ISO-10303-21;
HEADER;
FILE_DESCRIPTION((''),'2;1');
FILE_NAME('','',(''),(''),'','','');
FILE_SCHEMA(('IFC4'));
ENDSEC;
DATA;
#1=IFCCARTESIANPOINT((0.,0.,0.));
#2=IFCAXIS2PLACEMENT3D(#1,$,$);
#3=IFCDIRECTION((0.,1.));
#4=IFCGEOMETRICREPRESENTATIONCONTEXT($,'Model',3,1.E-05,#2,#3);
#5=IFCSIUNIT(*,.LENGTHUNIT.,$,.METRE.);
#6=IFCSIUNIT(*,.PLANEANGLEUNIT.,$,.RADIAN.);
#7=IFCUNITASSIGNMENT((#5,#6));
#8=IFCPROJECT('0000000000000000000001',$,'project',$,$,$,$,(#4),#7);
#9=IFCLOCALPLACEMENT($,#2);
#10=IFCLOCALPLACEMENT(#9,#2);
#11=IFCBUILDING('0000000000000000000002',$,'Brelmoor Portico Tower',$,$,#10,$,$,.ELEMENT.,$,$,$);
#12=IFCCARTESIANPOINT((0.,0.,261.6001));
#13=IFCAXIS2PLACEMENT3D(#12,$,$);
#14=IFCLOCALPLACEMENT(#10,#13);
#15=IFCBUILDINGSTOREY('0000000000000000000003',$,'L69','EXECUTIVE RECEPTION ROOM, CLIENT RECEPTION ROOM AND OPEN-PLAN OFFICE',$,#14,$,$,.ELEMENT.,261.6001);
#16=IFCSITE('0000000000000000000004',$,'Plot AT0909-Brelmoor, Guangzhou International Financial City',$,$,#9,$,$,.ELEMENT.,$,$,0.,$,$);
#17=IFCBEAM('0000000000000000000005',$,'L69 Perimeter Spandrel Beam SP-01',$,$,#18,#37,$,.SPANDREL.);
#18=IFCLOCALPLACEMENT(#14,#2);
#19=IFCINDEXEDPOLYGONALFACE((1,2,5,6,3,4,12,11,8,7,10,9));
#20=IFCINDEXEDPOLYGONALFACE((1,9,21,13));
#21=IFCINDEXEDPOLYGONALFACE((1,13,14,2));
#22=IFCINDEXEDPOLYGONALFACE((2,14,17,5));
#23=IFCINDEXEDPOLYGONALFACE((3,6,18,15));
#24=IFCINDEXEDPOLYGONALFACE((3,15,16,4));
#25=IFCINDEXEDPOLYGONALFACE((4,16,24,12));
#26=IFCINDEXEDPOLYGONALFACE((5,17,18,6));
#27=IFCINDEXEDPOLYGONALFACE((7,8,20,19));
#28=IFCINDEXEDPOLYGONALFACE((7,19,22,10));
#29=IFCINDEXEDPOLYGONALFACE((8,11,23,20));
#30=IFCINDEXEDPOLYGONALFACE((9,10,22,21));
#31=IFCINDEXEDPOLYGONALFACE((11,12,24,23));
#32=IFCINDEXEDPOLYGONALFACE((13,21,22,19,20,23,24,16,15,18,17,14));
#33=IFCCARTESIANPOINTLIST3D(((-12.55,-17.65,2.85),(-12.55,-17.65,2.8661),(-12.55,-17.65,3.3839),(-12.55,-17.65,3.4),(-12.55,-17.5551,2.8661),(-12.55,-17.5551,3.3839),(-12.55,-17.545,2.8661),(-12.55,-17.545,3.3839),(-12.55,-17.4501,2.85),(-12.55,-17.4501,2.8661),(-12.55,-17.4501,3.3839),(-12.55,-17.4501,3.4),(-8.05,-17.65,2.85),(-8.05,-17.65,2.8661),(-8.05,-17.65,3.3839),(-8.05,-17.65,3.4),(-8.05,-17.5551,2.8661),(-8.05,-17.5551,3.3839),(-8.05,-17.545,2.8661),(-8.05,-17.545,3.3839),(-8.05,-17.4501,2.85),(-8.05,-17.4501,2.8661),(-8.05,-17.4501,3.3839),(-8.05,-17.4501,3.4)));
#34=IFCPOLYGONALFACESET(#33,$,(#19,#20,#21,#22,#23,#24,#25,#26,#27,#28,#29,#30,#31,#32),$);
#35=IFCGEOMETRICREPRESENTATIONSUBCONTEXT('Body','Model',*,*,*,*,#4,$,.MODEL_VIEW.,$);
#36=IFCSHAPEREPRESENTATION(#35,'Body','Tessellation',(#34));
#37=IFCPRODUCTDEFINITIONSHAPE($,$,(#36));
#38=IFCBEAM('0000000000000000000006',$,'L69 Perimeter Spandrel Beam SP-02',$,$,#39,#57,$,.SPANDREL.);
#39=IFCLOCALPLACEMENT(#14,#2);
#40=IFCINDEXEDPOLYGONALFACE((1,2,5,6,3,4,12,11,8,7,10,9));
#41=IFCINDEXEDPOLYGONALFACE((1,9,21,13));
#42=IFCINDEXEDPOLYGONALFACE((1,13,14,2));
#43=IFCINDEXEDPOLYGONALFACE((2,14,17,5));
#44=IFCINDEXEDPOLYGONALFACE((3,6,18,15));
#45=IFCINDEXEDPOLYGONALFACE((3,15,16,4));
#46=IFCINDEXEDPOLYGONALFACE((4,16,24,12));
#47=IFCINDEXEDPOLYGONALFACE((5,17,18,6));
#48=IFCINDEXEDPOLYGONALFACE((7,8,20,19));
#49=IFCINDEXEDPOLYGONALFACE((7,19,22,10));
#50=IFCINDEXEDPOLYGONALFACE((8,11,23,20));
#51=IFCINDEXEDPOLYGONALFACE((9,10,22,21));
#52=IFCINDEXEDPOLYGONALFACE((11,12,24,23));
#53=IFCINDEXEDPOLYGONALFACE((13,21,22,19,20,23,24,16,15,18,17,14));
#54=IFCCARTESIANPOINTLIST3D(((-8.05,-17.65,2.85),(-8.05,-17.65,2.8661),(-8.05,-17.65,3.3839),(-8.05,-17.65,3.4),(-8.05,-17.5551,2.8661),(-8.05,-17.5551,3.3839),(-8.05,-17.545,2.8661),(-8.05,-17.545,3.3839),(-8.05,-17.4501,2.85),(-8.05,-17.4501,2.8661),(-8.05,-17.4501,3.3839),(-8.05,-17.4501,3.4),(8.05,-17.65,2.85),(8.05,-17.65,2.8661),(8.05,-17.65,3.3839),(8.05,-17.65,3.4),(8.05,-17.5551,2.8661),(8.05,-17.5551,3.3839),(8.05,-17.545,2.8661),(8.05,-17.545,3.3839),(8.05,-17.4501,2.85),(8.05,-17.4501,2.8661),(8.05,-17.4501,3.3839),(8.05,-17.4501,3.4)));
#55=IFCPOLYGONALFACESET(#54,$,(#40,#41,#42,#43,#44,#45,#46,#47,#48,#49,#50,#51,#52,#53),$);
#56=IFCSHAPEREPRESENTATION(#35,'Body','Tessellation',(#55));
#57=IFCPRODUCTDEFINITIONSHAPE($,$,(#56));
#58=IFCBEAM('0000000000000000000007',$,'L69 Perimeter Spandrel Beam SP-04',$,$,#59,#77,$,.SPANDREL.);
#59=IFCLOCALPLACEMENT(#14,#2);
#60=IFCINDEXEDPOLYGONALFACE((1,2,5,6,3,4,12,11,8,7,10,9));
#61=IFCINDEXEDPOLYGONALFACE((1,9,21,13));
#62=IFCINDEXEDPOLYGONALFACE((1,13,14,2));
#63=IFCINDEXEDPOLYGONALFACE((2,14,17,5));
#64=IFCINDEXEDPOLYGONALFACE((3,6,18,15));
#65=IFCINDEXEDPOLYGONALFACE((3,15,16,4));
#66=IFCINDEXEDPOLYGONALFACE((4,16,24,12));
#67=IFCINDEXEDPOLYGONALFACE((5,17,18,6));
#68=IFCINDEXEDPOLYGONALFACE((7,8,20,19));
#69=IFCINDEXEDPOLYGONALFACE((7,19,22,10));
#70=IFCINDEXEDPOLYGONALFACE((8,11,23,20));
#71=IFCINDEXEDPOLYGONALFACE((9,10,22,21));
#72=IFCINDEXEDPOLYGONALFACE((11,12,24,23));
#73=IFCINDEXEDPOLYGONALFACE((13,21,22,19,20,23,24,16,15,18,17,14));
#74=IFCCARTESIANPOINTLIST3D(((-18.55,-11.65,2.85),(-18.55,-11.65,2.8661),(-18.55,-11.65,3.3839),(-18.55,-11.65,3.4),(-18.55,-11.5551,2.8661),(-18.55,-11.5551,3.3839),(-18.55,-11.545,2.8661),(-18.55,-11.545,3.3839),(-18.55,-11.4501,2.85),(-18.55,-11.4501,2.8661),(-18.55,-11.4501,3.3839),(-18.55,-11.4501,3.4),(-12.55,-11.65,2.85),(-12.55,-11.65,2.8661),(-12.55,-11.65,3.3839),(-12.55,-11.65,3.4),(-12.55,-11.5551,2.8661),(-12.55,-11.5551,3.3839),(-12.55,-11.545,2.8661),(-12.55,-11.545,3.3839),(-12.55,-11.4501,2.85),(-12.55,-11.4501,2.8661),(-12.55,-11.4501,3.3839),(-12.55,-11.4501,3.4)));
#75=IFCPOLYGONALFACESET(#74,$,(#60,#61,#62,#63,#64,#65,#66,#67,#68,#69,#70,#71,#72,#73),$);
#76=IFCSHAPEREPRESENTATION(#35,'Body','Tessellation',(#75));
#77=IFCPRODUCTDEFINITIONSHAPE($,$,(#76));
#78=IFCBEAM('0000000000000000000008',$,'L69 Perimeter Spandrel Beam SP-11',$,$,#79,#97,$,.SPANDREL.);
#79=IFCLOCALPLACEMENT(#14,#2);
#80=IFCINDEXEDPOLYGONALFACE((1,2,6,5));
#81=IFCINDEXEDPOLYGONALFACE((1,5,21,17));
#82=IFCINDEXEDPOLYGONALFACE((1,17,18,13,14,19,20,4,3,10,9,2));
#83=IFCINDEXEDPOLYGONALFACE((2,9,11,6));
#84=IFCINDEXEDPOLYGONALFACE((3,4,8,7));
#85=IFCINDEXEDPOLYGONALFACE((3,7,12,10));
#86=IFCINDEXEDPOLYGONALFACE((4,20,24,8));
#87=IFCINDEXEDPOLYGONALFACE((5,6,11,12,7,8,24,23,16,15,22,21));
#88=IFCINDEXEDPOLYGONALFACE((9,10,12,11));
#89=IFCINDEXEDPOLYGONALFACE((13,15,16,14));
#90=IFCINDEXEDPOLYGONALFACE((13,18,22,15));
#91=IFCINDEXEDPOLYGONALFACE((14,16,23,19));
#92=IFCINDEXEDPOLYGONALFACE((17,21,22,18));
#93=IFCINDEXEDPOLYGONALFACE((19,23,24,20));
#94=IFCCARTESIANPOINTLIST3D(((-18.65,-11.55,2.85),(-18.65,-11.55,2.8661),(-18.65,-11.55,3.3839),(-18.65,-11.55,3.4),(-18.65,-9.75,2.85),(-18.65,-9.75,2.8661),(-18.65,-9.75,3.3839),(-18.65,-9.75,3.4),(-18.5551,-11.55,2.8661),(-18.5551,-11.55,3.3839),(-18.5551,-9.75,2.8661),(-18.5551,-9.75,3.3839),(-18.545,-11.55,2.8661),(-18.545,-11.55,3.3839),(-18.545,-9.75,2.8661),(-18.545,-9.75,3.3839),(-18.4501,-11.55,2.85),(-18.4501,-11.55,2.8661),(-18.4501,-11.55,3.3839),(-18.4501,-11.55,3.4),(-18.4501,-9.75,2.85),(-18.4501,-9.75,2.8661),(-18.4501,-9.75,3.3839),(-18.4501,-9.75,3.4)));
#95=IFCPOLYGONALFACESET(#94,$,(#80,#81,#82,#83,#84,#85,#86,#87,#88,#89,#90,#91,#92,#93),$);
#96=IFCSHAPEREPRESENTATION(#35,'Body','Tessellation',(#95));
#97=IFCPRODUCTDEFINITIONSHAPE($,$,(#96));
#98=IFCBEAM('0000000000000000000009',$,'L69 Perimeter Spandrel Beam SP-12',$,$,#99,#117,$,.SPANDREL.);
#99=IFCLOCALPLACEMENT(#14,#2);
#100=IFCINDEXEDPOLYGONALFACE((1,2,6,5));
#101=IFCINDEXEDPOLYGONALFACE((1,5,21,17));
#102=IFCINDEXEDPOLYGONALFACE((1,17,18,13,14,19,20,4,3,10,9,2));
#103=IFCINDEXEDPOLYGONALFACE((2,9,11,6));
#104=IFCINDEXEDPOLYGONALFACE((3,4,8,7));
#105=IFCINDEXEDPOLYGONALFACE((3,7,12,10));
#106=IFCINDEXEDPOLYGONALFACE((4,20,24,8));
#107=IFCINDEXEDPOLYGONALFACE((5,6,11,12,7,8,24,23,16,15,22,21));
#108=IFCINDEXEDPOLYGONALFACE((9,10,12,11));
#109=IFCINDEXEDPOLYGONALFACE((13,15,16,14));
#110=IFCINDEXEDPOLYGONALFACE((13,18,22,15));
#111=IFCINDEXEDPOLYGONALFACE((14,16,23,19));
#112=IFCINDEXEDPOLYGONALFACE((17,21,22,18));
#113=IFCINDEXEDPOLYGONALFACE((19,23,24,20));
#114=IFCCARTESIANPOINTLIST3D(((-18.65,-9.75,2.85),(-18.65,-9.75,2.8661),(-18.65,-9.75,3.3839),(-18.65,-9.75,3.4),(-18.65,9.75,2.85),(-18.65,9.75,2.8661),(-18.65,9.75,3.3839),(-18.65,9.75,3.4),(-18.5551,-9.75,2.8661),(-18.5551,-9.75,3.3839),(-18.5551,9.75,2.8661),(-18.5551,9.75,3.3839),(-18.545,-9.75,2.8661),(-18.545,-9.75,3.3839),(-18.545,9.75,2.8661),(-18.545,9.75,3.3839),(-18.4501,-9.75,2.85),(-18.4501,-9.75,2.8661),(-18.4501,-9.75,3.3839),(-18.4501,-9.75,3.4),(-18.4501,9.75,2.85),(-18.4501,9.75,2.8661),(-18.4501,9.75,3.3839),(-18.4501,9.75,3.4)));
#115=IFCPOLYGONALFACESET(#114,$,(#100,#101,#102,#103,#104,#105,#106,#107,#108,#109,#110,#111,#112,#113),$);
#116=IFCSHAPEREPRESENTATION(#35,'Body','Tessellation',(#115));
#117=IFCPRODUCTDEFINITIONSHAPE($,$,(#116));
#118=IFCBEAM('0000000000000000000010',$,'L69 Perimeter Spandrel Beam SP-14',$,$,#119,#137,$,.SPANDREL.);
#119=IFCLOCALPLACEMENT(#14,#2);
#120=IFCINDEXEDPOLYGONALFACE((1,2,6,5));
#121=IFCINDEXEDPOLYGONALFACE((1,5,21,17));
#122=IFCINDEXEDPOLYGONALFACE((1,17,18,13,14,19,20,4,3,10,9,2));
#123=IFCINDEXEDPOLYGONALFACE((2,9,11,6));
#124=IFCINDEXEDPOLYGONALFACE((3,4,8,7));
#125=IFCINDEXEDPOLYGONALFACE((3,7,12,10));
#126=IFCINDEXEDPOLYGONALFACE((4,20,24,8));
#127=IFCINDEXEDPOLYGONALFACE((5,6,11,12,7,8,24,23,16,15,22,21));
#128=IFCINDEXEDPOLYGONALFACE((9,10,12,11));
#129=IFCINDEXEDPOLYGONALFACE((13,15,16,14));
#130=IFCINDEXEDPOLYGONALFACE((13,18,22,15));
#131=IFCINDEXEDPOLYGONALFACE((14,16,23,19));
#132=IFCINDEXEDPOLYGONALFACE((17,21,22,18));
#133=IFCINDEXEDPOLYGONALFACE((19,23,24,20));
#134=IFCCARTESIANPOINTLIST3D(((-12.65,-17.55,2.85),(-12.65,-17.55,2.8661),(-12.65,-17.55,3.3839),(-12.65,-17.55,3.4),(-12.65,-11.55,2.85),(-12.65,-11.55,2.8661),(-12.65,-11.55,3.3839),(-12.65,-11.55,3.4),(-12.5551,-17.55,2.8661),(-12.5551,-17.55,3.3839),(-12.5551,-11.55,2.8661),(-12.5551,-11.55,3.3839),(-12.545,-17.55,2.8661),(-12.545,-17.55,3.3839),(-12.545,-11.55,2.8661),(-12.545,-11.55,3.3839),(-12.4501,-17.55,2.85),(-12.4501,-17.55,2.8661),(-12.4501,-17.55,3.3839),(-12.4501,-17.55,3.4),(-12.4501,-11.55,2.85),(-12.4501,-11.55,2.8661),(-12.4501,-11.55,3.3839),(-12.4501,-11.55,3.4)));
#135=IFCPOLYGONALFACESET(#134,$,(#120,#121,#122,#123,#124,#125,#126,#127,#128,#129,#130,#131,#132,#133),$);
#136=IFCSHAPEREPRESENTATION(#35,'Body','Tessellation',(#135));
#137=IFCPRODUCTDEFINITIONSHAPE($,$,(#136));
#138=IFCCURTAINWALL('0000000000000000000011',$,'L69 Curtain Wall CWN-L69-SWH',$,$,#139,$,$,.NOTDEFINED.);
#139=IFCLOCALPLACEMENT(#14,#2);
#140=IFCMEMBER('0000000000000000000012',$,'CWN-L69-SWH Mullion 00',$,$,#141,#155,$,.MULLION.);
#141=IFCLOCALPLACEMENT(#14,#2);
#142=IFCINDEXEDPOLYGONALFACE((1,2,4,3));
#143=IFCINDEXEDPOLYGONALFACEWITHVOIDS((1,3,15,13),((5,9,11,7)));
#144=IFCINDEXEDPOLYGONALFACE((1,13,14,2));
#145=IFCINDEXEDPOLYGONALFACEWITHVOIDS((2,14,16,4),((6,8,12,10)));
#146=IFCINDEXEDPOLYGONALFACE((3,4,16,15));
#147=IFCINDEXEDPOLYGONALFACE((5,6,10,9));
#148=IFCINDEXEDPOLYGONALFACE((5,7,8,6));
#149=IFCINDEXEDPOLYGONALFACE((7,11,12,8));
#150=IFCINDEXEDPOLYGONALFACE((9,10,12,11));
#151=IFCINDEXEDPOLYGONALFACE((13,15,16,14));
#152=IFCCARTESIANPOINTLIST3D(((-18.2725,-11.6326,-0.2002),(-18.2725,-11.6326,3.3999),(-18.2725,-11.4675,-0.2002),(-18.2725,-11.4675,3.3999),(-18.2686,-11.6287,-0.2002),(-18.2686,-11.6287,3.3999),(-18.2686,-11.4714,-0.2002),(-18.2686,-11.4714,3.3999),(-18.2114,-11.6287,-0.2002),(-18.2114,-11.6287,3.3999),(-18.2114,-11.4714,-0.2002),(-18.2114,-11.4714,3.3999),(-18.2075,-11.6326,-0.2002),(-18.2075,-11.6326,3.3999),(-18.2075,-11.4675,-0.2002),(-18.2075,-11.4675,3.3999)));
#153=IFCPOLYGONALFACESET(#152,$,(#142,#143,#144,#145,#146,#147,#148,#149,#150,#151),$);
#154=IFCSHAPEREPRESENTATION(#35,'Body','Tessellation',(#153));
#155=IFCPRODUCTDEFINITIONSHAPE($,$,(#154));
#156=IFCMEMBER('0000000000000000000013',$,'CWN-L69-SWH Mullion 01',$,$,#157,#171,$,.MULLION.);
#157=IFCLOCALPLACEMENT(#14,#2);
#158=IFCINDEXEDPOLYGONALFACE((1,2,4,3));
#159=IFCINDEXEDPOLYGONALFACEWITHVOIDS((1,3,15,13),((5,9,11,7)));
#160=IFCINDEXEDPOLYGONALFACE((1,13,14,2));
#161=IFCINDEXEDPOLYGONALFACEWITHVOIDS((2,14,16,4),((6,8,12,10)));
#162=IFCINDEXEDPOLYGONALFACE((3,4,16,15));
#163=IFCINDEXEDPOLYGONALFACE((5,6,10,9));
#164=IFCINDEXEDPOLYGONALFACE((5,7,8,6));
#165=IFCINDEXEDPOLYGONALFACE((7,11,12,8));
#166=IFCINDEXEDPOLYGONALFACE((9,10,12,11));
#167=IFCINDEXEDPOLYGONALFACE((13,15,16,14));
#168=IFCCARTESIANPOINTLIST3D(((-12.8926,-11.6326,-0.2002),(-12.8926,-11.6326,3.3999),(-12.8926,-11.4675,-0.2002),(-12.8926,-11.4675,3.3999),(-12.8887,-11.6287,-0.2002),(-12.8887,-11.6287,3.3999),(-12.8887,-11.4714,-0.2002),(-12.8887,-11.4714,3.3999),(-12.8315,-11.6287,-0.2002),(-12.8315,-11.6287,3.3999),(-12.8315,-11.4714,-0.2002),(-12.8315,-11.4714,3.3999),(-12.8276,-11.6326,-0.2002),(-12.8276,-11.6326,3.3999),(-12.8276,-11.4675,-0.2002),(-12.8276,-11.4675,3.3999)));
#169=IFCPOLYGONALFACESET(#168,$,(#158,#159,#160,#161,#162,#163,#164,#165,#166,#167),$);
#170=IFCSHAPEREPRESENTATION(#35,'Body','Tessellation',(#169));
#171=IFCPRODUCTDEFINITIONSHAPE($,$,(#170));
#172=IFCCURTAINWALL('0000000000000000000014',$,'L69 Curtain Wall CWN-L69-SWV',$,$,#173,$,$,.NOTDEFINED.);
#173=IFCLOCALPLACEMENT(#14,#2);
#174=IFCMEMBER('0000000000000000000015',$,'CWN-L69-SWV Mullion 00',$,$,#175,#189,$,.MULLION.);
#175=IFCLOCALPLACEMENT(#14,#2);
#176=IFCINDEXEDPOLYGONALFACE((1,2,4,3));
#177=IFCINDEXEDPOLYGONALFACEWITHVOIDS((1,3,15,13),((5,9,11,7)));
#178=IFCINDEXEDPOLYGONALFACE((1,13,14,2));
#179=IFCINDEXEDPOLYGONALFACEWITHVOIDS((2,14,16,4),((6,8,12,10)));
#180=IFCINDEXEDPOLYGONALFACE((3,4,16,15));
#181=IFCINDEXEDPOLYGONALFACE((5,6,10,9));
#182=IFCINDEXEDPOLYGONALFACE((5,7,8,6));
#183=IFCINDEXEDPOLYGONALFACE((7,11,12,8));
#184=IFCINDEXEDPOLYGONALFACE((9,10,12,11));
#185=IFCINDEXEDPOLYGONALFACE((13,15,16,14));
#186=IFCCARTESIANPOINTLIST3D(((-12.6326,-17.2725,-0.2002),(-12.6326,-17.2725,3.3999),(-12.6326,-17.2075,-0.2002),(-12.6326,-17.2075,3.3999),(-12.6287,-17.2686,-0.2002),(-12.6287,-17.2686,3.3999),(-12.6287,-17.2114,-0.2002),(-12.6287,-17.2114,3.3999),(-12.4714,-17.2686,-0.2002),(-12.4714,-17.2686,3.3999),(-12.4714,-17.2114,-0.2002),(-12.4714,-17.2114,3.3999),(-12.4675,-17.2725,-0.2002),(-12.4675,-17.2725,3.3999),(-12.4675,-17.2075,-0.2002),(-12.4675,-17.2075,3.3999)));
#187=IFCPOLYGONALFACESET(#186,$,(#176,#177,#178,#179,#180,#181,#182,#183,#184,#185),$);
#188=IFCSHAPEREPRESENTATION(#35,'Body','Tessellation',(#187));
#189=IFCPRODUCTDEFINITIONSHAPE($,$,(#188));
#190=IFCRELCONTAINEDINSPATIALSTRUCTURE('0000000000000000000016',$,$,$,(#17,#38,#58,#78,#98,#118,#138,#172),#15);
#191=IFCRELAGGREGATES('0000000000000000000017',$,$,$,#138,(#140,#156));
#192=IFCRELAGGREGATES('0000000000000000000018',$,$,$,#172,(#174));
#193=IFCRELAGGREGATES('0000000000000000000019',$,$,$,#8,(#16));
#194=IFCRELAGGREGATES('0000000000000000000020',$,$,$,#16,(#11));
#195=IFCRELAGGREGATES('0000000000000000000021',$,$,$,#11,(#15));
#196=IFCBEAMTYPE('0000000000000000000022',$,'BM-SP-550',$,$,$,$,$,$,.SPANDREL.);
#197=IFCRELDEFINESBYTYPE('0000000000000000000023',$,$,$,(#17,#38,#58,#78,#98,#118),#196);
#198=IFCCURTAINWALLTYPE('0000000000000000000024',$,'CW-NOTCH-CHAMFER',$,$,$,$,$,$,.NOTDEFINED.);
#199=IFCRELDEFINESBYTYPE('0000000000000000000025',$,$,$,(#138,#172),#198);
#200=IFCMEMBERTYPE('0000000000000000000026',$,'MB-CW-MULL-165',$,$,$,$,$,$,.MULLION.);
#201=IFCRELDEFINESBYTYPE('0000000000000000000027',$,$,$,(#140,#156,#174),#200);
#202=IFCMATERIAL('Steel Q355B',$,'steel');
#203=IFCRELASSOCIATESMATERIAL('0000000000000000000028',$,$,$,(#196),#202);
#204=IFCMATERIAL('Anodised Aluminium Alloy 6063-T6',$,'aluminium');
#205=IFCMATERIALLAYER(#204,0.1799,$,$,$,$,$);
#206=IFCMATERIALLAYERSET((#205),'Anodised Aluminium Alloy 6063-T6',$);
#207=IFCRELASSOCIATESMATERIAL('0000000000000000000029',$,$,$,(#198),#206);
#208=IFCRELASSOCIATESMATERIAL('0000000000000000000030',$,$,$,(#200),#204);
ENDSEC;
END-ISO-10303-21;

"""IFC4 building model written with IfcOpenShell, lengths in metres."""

from ifc_helpers import new_model, si_unit, direction, frame, origin, origin_2d, place, context, subcontext, project, spatial, hollow_rectangle, i_section, extrude, material, layer, layer_set, material_profile, profile_set, type_object, element, aggregate, save


model = new_model("IFC4")

# Units and contexts
model_context = context("Model", 3, precision=1e-05, world=origin(), true_north=direction((0.0, 1.0)))
body_context = subcontext(model_context, "Body", "Model", "MODEL_VIEW")
ifc_project = project(units=[si_unit("LENGTHUNIT", "METRE"), si_unit("PLANEANGLEUNIT", "RADIAN")], contexts=[model_context])

# Site, building, storey
site_placement = place(None, origin())
site = spatial("IfcSite", under=ifc_project, at=site_placement, Name="Plot AT0909-Brelmoor, Guangzhou International Financial City", CompositionType="ELEMENT", RefElevation=0.0)
building_placement = place(site_placement, origin())
building = spatial("IfcBuilding", under=site, at=building_placement, Name="Brelmoor Portico Tower", CompositionType="ELEMENT")
storey_placement = place(building_placement, frame((0.0, 0.0, 261.6001)))
storey = spatial("IfcBuildingStorey", under=building, at=storey_placement, Name="L69", Description="EXECUTIVE RECEPTION ROOM, CLIENT RECEPTION ROOM AND OPEN-PLAN OFFICE", CompositionType="ELEMENT", Elevation=261.6001)

# Shared definitions
ifc_material_1 = material(Name="Steel Q355B", Category="steel")

# Beams
ifc_material_profile_1 = material_profile(ifc_material_1, i_section(OverallWidth=0.2, OverallDepth=0.55, WebThickness=0.01, FlangeThickness=0.0161, at=origin_2d()), Name="HN 550x200x10x16")
ifc_profile_set_1 = profile_set([ifc_material_profile_1], Name="Steel Q355B")
beam_type_1 = type_object("IfcBeamType", Name="BM-SP-550", PredefinedType="SPANDREL", material=ifc_profile_set_1)
beam_1_placement = place(storey_placement, frame((-12.55, -17.55, 3.125), z_axis=(1.0, 0.0, 0.0), x_axis=(0.0, 1.0, 0.0)))
element("IfcBeam", 1, at=beam_1_placement, inside=storey, type_object=beam_type_1, Name="L69 Perimeter Spandrel Beam SP-01", PredefinedType="SPANDREL", context=body_context, shape_type="SweptSolid", body=[
    extrude(i_section(OverallWidth=0.2, OverallDepth=0.55, WebThickness=0.01, FlangeThickness=0.0161, at=origin_2d()), origin(), (0.0, 0.0, 1.0), 4.5),
])
beam_2_placement = place(storey_placement, frame((-8.05, -17.55, 3.125), z_axis=(1.0, 0.0, 0.0), x_axis=(0.0, 1.0, 0.0)))
element("IfcBeam", 2, at=beam_2_placement, inside=storey, type_object=beam_type_1, Name="L69 Perimeter Spandrel Beam SP-02", PredefinedType="SPANDREL", context=body_context, shape_type="SweptSolid", body=[
    extrude(i_section(OverallWidth=0.2, OverallDepth=0.55, WebThickness=0.01, FlangeThickness=0.0161, at=origin_2d()), origin(), (0.0, 0.0, 1.0), 16.1001),
])
beam_3_placement = place(storey_placement, frame((-18.55, -11.55, 3.125), z_axis=(1.0, 0.0, 0.0), x_axis=(0.0, 1.0, 0.0)))
element("IfcBeam", 3, at=beam_3_placement, inside=storey, type_object=beam_type_1, Name="L69 Perimeter Spandrel Beam SP-04", PredefinedType="SPANDREL", context=body_context, shape_type="SweptSolid", body=[
    extrude(i_section(OverallWidth=0.2, OverallDepth=0.55, WebThickness=0.01, FlangeThickness=0.0161, at=origin_2d()), origin(), (0.0, 0.0, 1.0), 6.0),
])
beam_4_placement = place(storey_placement, frame((-18.55, -11.55, 3.125), z_axis=(0.0, 1.0, 0.0), x_axis=(-1.0, 0.0, 0.0)))
element("IfcBeam", 4, at=beam_4_placement, inside=storey, type_object=beam_type_1, Name="L69 Perimeter Spandrel Beam SP-11", PredefinedType="SPANDREL", context=body_context, shape_type="SweptSolid", body=[
    extrude(i_section(OverallWidth=0.2, OverallDepth=0.55, WebThickness=0.01, FlangeThickness=0.0161, at=origin_2d()), origin(), (0.0, 0.0, 1.0), 1.8),
])
beam_5_placement = place(storey_placement, frame((-18.55, -9.75, 3.125), z_axis=(0.0, 1.0, 0.0), x_axis=(-1.0, 0.0, 0.0)))
element("IfcBeam", 5, at=beam_5_placement, inside=storey, type_object=beam_type_1, Name="L69 Perimeter Spandrel Beam SP-12", PredefinedType="SPANDREL", context=body_context, shape_type="SweptSolid", body=[
    extrude(i_section(OverallWidth=0.2, OverallDepth=0.55, WebThickness=0.01, FlangeThickness=0.0161, at=origin_2d()), origin(), (0.0, 0.0, 1.0), 19.5),
])
beam_6_placement = place(storey_placement, frame((-12.55, -17.55, 3.125), z_axis=(0.0, 1.0, 0.0), x_axis=(-1.0, 0.0, 0.0)))
element("IfcBeam", 6, at=beam_6_placement, inside=storey, type_object=beam_type_1, Name="L69 Perimeter Spandrel Beam SP-14", PredefinedType="SPANDREL", context=body_context, shape_type="SweptSolid", body=[
    extrude(i_section(OverallWidth=0.2, OverallDepth=0.55, WebThickness=0.01, FlangeThickness=0.0161, at=origin_2d()), origin(), (0.0, 0.0, 1.0), 6.0),
])

# Curtain walls, members
ifc_material_2 = material(Name="Anodised Aluminium Alloy 6063-T6", Category="aluminium")
ifc_layer_1 = layer(ifc_material_2, 0.1799)
ifc_layer_set_1 = layer_set([ifc_layer_1], Name="Anodised Aluminium Alloy 6063-T6")
curtain_wall_type = type_object("IfcCurtainWallType", Name="CW-NOTCH-CHAMFER", PredefinedType="NOTDEFINED", material=ifc_layer_set_1)
curtain_wall_1_placement = place(storey_placement, origin())
curtain_wall_1 = element("IfcCurtainWall", 7, at=curtain_wall_1_placement, inside=storey, type_object=curtain_wall_type, Name="L69 Curtain Wall CWN-L69-SWH", PredefinedType="NOTDEFINED")
ifc_material_profile_2 = material_profile(ifc_material_2, hollow_rectangle(XDim=0.0649, YDim=0.165, WallThickness=0.0039, at=origin_2d()), Name="ALU MULLION 65x165")
ifc_profile_set_2 = profile_set([ifc_material_profile_2], Name="Anodised Aluminium Alloy 6063-T6")
member_type_1 = type_object("IfcMemberType", Name="MB-CW-MULL-165", PredefinedType="MULLION", material=ifc_profile_set_2)
member_1_placement = place(storey_placement, frame((-18.24, -11.55, -0.2002), z_axis=(0.0, 0.0, 1.0), x_axis=(1.0, 0.0, 0.0)))
member_1 = element("IfcMember", 8, at=member_1_placement, type_object=member_type_1, Name="CWN-L69-SWH Mullion 00", PredefinedType="MULLION", context=body_context, shape_type="SweptSolid", body=[
    extrude(hollow_rectangle(XDim=0.0649, YDim=0.165, WallThickness=0.0039, at=origin_2d()), origin(), (0.0, 0.0, 1.0), 3.6001),
])
member_2_placement = place(storey_placement, frame((-12.8601, -11.55, -0.2002), z_axis=(0.0, 0.0, 1.0), x_axis=(1.0, 0.0, 0.0)))
member_2 = element("IfcMember", 9, at=member_2_placement, type_object=member_type_1, Name="CWN-L69-SWH Mullion 01", PredefinedType="MULLION", context=body_context, shape_type="SweptSolid", body=[
    extrude(hollow_rectangle(XDim=0.0649, YDim=0.165, WallThickness=0.0039, at=origin_2d()), origin(), (0.0, 0.0, 1.0), 3.6001),
])
curtain_wall_2_placement = place(storey_placement, origin())
curtain_wall_2 = element("IfcCurtainWall", 10, at=curtain_wall_2_placement, inside=storey, type_object=curtain_wall_type, Name="L69 Curtain Wall CWN-L69-SWV", PredefinedType="NOTDEFINED")
member_3_placement = place(storey_placement, frame((-12.55, -17.24, -0.2002), z_axis=(0.0, 0.0, 1.0), x_axis=(0.0, 1.0, 0.0)))
member_3 = element("IfcMember", 11, at=member_3_placement, type_object=member_type_1, Name="CWN-L69-SWV Mullion 00", PredefinedType="MULLION", context=body_context, shape_type="SweptSolid", body=[
    extrude(hollow_rectangle(XDim=0.0649, YDim=0.165, WallThickness=0.0039, at=origin_2d()), origin(), (0.0, 0.0, 1.0), 3.6001),
])

aggregate(curtain_wall_1, [member_1, member_2])
aggregate(curtain_wall_2, [member_3])

save(model, "model.ifc")
